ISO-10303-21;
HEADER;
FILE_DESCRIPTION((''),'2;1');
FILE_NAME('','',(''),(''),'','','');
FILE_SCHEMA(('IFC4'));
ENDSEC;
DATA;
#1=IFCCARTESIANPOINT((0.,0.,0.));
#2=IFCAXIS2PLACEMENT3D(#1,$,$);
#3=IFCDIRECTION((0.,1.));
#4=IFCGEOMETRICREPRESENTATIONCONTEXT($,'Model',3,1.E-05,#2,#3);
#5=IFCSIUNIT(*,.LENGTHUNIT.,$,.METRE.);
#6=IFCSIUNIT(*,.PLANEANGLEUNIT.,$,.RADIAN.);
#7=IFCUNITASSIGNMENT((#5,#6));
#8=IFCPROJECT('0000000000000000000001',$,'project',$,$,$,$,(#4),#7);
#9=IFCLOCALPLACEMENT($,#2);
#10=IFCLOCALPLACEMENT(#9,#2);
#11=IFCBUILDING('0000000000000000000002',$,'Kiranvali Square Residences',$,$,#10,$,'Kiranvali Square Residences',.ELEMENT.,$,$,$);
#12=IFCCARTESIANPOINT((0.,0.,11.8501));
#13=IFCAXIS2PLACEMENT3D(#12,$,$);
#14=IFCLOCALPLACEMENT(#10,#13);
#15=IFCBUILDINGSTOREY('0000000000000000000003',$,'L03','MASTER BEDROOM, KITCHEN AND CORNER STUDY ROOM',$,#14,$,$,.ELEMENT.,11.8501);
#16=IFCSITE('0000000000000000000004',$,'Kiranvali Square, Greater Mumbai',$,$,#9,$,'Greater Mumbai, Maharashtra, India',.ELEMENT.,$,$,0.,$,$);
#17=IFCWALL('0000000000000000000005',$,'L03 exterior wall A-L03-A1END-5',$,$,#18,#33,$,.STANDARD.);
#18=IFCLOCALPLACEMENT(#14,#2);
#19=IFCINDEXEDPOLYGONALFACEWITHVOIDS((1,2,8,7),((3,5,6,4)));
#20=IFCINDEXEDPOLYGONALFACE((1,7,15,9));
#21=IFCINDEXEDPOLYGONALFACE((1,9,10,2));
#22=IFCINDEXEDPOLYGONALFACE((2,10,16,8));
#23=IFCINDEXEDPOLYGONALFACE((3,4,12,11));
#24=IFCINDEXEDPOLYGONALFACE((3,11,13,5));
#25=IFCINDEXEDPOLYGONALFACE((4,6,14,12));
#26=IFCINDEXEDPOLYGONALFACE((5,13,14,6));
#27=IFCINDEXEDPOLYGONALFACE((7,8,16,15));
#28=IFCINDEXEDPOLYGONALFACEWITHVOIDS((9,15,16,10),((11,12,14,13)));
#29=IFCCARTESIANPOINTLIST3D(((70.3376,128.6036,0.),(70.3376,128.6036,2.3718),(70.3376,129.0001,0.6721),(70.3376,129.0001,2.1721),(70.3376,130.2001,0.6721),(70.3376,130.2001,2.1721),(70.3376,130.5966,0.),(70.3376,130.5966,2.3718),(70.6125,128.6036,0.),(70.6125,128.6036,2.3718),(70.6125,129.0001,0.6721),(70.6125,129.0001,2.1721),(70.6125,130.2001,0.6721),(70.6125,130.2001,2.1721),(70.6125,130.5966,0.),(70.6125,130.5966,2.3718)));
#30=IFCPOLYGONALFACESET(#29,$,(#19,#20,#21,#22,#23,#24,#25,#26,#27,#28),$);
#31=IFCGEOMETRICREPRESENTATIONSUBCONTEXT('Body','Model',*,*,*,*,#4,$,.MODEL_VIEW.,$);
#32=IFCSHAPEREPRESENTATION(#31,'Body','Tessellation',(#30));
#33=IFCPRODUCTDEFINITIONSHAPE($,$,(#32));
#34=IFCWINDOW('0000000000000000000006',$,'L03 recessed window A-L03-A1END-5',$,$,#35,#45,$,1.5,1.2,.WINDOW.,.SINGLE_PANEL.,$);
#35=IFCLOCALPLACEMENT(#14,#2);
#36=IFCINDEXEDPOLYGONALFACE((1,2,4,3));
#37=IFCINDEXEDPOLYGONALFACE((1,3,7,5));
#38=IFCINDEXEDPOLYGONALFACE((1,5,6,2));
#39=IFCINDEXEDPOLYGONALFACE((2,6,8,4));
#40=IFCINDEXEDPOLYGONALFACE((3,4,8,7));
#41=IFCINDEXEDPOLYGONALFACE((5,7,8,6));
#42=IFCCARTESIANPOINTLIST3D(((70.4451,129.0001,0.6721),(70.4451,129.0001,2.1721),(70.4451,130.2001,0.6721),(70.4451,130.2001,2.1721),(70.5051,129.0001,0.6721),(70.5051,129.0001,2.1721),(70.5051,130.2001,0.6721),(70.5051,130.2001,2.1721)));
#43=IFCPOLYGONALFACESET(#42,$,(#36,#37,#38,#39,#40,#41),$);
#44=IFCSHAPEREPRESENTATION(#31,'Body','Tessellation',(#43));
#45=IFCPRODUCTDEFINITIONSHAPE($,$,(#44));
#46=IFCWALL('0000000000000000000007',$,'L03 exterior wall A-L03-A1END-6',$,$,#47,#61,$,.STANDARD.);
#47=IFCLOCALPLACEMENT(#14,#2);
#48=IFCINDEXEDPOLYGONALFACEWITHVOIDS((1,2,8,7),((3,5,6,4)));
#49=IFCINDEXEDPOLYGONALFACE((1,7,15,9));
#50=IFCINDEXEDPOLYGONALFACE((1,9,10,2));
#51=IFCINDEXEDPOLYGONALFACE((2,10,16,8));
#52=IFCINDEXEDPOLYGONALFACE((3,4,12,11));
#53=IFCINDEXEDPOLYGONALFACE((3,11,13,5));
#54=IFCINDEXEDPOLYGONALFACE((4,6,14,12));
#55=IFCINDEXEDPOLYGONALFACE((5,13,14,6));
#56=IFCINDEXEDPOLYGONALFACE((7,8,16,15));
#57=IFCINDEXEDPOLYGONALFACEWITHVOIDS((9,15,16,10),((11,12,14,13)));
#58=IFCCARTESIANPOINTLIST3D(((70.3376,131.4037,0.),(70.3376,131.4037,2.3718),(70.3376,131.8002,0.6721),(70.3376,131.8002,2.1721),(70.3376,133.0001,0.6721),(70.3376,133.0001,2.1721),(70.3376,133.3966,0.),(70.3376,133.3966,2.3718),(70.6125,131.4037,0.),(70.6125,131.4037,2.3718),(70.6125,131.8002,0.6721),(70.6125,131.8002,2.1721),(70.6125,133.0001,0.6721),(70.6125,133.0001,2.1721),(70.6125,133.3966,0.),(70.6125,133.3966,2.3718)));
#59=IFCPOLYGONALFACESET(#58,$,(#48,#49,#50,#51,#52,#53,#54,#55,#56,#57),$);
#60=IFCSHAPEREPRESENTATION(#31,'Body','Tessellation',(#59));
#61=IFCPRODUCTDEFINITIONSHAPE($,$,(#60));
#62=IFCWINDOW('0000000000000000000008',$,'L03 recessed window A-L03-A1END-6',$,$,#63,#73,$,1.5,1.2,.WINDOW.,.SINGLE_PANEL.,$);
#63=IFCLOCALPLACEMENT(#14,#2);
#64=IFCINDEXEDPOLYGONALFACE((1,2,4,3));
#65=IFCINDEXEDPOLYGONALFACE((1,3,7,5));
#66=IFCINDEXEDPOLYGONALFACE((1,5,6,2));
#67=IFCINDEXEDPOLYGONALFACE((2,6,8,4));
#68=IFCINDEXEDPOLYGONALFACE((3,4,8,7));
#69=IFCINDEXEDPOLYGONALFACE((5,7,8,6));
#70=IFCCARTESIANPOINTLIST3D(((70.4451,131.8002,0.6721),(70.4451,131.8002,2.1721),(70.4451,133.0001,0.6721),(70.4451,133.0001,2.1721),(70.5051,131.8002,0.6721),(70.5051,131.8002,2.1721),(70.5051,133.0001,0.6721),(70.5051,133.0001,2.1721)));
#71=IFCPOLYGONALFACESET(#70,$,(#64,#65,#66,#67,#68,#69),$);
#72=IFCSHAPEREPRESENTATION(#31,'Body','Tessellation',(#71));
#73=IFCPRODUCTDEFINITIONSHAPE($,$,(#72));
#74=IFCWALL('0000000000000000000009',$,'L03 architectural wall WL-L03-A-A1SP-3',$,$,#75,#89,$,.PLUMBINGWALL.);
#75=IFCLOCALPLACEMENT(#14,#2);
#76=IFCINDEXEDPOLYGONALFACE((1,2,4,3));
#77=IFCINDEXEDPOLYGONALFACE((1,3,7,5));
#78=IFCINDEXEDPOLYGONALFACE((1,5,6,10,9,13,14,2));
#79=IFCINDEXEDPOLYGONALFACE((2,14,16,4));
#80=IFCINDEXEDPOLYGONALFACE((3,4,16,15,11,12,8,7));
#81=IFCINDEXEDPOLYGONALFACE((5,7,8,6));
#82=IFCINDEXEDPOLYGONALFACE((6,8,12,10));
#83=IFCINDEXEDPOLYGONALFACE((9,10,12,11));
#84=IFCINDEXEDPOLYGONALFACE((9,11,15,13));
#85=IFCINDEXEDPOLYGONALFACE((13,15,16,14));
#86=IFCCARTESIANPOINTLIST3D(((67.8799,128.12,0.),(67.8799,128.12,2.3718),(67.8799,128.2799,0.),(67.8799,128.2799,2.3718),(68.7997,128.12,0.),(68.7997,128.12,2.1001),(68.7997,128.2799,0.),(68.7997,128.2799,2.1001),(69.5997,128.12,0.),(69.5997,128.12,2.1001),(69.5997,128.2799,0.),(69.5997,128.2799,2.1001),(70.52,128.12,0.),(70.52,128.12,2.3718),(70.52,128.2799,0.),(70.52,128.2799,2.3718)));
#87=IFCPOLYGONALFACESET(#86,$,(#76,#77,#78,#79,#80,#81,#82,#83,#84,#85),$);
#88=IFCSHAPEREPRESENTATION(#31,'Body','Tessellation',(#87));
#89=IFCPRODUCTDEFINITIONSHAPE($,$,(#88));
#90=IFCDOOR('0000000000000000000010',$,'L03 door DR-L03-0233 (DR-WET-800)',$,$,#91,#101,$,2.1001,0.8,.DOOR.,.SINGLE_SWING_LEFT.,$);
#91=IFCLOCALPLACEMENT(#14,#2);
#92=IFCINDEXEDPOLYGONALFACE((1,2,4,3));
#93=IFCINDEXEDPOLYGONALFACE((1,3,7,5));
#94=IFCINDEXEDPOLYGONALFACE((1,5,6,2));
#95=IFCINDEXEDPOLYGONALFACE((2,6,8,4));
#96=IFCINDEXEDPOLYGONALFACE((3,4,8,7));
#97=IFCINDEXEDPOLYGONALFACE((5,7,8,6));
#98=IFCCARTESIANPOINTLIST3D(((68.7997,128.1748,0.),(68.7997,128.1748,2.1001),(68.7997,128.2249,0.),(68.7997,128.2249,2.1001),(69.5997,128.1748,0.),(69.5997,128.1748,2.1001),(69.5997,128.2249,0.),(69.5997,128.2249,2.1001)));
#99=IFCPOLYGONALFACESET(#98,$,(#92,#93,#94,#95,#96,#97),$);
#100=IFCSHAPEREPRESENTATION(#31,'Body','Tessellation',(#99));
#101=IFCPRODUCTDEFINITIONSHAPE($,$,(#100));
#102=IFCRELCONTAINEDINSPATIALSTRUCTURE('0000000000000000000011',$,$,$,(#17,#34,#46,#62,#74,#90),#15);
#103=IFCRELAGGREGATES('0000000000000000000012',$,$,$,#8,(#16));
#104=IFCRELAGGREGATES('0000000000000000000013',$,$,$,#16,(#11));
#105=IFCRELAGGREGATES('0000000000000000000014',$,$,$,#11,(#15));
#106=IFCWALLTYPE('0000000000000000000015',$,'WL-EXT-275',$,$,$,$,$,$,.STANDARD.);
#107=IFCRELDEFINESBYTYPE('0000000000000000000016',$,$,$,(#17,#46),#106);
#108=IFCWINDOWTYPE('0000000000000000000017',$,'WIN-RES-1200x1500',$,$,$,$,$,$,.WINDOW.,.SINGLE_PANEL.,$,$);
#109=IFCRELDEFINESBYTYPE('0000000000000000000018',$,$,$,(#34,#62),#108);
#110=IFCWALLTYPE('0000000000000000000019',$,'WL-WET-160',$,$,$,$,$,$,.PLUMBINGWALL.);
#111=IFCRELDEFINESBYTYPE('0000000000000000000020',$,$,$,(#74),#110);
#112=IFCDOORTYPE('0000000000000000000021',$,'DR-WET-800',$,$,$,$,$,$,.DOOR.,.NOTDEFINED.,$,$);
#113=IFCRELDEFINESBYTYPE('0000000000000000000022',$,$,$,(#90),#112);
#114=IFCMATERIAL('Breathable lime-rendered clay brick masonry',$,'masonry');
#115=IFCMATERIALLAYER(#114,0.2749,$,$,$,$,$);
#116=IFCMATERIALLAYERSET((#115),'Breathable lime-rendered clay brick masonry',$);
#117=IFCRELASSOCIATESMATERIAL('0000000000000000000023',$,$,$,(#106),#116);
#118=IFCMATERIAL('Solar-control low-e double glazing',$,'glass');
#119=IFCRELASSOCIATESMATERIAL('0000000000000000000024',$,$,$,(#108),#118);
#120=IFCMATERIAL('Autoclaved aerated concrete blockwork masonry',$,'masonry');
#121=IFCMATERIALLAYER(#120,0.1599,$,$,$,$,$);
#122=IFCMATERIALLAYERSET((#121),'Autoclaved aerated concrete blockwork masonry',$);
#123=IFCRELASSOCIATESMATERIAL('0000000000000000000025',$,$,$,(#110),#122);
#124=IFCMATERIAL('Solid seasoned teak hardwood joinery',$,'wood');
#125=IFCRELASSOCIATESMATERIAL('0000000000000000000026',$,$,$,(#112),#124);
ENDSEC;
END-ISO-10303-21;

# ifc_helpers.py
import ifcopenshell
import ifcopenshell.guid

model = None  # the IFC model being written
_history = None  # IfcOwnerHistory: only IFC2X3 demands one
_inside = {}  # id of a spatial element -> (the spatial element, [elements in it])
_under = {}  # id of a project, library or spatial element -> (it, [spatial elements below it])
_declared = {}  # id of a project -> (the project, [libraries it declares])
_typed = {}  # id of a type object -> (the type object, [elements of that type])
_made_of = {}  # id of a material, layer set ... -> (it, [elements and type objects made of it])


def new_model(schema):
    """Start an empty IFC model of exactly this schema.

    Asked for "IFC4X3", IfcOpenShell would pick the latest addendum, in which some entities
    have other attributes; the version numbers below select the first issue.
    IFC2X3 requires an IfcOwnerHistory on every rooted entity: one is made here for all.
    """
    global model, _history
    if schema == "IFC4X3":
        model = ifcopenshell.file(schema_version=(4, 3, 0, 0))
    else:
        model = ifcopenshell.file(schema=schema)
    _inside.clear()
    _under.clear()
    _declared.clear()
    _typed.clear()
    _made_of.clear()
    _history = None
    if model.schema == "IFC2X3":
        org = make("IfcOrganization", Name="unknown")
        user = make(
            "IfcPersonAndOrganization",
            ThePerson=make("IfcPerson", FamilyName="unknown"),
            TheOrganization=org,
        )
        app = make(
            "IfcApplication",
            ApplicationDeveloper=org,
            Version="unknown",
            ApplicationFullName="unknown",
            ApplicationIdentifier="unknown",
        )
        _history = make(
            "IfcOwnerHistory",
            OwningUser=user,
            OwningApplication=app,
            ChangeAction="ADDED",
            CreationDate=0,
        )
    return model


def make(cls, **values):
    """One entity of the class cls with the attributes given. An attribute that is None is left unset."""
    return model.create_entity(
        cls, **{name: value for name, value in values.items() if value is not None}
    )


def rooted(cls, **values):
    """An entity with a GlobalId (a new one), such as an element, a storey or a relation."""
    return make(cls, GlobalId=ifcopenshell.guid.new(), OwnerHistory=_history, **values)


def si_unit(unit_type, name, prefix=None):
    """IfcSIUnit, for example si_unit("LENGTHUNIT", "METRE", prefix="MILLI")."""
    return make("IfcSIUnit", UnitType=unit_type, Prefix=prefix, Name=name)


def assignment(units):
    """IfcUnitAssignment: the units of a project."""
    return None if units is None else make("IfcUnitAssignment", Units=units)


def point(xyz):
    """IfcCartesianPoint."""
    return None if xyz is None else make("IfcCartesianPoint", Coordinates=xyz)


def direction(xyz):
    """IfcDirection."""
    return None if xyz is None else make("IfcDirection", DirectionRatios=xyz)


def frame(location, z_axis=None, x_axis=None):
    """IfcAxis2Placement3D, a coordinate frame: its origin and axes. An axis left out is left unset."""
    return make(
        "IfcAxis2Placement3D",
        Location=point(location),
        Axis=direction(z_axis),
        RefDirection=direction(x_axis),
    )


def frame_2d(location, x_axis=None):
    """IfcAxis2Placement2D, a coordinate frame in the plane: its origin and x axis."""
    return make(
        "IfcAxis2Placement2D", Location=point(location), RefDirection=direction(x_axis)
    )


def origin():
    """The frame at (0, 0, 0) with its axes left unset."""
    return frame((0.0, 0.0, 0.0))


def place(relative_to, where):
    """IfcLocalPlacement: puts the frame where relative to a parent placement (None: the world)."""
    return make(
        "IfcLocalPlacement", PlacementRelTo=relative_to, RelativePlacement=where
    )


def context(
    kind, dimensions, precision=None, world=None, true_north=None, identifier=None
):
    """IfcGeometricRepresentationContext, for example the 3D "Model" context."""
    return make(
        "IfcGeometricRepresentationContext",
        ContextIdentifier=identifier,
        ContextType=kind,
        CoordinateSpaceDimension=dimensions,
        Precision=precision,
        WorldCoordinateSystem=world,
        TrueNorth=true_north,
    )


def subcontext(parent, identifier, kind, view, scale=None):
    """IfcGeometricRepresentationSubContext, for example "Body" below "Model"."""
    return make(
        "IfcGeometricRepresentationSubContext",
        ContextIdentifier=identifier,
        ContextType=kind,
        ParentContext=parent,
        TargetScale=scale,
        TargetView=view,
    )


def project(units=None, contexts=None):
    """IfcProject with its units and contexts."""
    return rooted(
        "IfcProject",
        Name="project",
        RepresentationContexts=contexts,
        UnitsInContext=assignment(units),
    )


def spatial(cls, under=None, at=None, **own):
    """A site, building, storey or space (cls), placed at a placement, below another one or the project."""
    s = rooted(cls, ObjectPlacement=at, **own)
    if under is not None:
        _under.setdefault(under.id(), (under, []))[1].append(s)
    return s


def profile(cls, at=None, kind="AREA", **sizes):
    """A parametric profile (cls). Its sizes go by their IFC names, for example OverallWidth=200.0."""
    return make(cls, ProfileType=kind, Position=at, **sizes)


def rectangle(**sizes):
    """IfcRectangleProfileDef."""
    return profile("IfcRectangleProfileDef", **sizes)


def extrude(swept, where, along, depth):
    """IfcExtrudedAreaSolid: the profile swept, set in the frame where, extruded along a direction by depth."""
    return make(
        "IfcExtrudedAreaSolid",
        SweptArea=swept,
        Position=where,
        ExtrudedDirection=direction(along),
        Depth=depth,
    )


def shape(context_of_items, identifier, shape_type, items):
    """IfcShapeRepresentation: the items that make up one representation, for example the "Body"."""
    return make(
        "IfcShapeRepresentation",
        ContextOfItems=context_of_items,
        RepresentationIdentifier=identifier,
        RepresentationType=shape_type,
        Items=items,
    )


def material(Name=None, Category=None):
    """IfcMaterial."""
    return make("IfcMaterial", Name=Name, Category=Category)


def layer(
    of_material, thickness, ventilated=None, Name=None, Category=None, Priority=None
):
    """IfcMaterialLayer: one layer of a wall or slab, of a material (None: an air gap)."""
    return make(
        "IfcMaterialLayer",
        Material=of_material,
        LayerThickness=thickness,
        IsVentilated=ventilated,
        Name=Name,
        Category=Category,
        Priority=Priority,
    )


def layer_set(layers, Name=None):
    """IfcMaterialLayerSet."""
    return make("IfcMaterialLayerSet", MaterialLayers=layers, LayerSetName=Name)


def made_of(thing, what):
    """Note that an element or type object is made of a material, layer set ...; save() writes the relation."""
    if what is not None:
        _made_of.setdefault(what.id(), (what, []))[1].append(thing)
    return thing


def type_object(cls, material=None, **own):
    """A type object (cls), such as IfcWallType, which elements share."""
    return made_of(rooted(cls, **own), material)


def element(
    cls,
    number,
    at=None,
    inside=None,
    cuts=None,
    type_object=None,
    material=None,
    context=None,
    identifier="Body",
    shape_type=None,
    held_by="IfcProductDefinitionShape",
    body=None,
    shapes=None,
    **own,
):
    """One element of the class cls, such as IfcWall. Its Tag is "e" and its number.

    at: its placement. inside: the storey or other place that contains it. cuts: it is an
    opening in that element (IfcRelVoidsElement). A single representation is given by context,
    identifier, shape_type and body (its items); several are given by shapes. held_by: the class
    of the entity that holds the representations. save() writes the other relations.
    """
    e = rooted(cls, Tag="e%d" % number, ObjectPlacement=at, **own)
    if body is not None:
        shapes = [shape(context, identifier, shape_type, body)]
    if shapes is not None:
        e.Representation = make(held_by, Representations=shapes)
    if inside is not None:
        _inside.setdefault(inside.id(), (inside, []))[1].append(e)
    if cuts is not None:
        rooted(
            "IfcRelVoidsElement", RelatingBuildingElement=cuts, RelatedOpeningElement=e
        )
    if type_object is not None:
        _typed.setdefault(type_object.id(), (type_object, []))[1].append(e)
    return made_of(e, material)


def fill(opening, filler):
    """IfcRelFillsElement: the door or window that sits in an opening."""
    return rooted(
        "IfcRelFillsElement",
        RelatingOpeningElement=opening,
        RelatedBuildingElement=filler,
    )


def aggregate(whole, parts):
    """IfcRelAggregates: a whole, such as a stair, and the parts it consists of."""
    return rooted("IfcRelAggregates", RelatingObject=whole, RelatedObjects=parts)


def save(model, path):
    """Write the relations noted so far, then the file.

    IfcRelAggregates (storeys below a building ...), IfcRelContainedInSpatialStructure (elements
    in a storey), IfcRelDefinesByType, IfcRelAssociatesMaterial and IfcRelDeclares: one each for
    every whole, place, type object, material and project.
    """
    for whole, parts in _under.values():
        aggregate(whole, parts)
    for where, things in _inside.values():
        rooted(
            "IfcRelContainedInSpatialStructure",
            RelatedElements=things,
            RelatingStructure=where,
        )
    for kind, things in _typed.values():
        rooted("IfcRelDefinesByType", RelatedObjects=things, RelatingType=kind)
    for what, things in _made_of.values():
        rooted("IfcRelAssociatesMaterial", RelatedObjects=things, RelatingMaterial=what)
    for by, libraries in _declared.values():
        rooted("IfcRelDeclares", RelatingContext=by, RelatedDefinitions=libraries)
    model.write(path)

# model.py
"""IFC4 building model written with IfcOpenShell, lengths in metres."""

from ifc_helpers import new_model, si_unit, direction, frame, frame_2d, origin, place, context, subcontext, project, spatial, rectangle, extrude, material, layer, layer_set, type_object, element, fill, save


model = new_model("IFC4")

# Units and contexts
model_context = context("Model", 3, precision=1e-05, world=origin(), true_north=direction((0.0, 1.0)))
body_context = subcontext(model_context, "Body", "Model", "MODEL_VIEW")
ifc_project = project(units=[si_unit("LENGTHUNIT", "METRE"), si_unit("PLANEANGLEUNIT", "RADIAN")], contexts=[model_context])

# Site, building, storey
site_placement = place(None, origin())
site = spatial("IfcSite", under=ifc_project, at=site_placement, Name="Kiranvali Square, Greater Mumbai", LongName="Greater Mumbai, Maharashtra, India", CompositionType="ELEMENT", RefElevation=0.0)
building_placement = place(site_placement, origin())
building = spatial("IfcBuilding", under=site, at=building_placement, Name="Kiranvali Square Residences", LongName="Kiranvali Square Residences", CompositionType="ELEMENT")
storey_placement = place(building_placement, frame((0.0, 0.0, 11.8501)))
storey = spatial("IfcBuildingStorey", under=building, at=storey_placement, Name="L03", Description="MASTER BEDROOM, KITCHEN AND CORNER STUDY ROOM", CompositionType="ELEMENT", Elevation=11.8501)

# Walls, openings, windows
ifc_material_1 = material(Name="Breathable lime-rendered clay brick masonry", Category="masonry")
ifc_layer_1 = layer(ifc_material_1, 0.2749)
ifc_layer_set_1 = layer_set([ifc_layer_1], Name="Breathable lime-rendered clay brick masonry")
wall_type_1 = type_object("IfcWallType", Name="WL-EXT-275", PredefinedType="STANDARD", material=ifc_layer_set_1)
ifc_material_2 = material(Name="Solar-control low-e double glazing", Category="glass")
window_type_1 = type_object("IfcWindowType", Name="WIN-RES-1200x1500", PartitioningType="SINGLE_PANEL", PredefinedType="WINDOW", material=ifc_material_2)
wall_1_placement = place(storey_placement, frame((70.4751, 128.6035, 0.0), z_axis=(0.0, 0.0, 1.0), x_axis=(0.0, 1.0, 0.0)))
wall_1 = element("IfcWall", 1, at=wall_1_placement, inside=storey, type_object=wall_type_1, Name="L03 exterior wall A-L03-A1END-5", PredefinedType="STANDARD", context=body_context, shape_type="SweptSolid", body=[
    extrude(rectangle(XDim=1.9929, YDim=0.2749, at=frame_2d((0.9966, 0.0))), origin(), (0.0, 0.0, 1.0), 2.3718),
])
opening_1_placement = place(wall_1_placement, frame((0.3965, 0.0, 0.6721)))
opening_1 = element("IfcOpeningElement", 2, at=opening_1_placement, cuts=wall_1, PredefinedType="OPENING", context=body_context, shape_type="SweptSolid", body=[
    extrude(rectangle(XDim=1.2, YDim=1.5, at=frame_2d((0.6001, 0.75))), frame((0.0, 0.1475, 0.0), z_axis=(0.0, -1.0, 0.0), x_axis=(1.0, 0.0, 0.0)), (0.0, 0.0, 1.0), 0.2949),
])
window_1_placement = place(opening_1_placement, origin())
window_1 = element("IfcWindow", 3, at=window_1_placement, inside=storey, type_object=window_type_1, Name="L03 recessed window A-L03-A1END-5", OverallHeight=1.5, OverallWidth=1.2, PartitioningType="SINGLE_PANEL", PredefinedType="WINDOW", context=body_context, shape_type="SweptSolid", body=[
    extrude(rectangle(XDim=1.2, YDim=1.5, at=frame_2d((0.6001, 0.75))), frame((0.0, 0.03, 0.0), z_axis=(0.0, -1.0, 0.0), x_axis=(1.0, 0.0, 0.0)), (0.0, 0.0, 1.0), 0.0601),
])
fill(opening_1, window_1)
wall_2_placement = place(storey_placement, frame((70.4751, 131.4036, 0.0), z_axis=(0.0, 0.0, 1.0), x_axis=(0.0, 1.0, 0.0)))
wall_2 = element("IfcWall", 4, at=wall_2_placement, inside=storey, type_object=wall_type_1, Name="L03 exterior wall A-L03-A1END-6", PredefinedType="STANDARD", context=body_context, shape_type="SweptSolid", body=[
    extrude(rectangle(XDim=1.9929, YDim=0.2749, at=frame_2d((0.9966, 0.0))), origin(), (0.0, 0.0, 1.0), 2.3718),
])
opening_2_placement = place(wall_2_placement, frame((0.3965, 0.0, 0.6721)))
opening_2 = element("IfcOpeningElement", 5, at=opening_2_placement, cuts=wall_2, PredefinedType="OPENING", context=body_context, shape_type="SweptSolid", body=[
    extrude(rectangle(XDim=1.2, YDim=1.5, at=frame_2d((0.6001, 0.75))), frame((0.0, 0.1475, 0.0), z_axis=(0.0, -1.0, 0.0), x_axis=(1.0, 0.0, 0.0)), (0.0, 0.0, 1.0), 0.2949),
])
window_2_placement = place(opening_2_placement, origin())
window_2 = element("IfcWindow", 6, at=window_2_placement, inside=storey, type_object=window_type_1, Name="L03 recessed window A-L03-A1END-6", OverallHeight=1.5, OverallWidth=1.2, PartitioningType="SINGLE_PANEL", PredefinedType="WINDOW", context=body_context, shape_type="SweptSolid", body=[
    extrude(rectangle(XDim=1.2, YDim=1.5, at=frame_2d((0.6001, 0.75))), frame((0.0, 0.03, 0.0), z_axis=(0.0, -1.0, 0.0), x_axis=(1.0, 0.0, 0.0)), (0.0, 0.0, 1.0), 0.0601),
])
fill(opening_2, window_2)

# Wall, opening, door
ifc_material_3 = material(Name="Autoclaved aerated concrete blockwork masonry", Category="masonry")
ifc_layer_2 = layer(ifc_material_3, 0.1599)
ifc_layer_set_2 = layer_set([ifc_layer_2], Name="Autoclaved aerated concrete blockwork masonry")
wall_type_2 = type_object("IfcWallType", Name="WL-WET-160", PredefinedType="PLUMBINGWALL", material=ifc_layer_set_2)
wall_3_placement = place(storey_placement, frame((67.8799, 128.2, 0.0), z_axis=(0.0, 0.0, 1.0), x_axis=(1.0, 0.0, 0.0)))
wall_3 = element("IfcWall", 7, at=wall_3_placement, inside=storey, type_object=wall_type_2, Name="L03 architectural wall WL-L03-A-A1SP-3", PredefinedType="PLUMBINGWALL", context=body_context, shape_type="SweptSolid", body=[
    extrude(rectangle(XDim=2.6401, YDim=0.1599, at=frame_2d((1.3201, 0.0))), origin(), (0.0, 0.0, 1.0), 2.3718),
])
opening_3_placement = place(wall_3_placement, frame((0.9199, 0.0, 0.0)))
opening_3 = element("IfcOpeningElement", 8, at=opening_3_placement, cuts=wall_3, PredefinedType="OPENING", context=body_context, shape_type="SweptSolid", body=[
    extrude(rectangle(XDim=0.8, YDim=2.1001, at=frame_2d((0.3999, 1.05))), frame((0.0, 0.0898, 0.0), z_axis=(0.0, -1.0, 0.0), x_axis=(1.0, 0.0, 0.0)), (0.0, 0.0, 1.0), 0.1799),
])
ifc_material_4 = material(Name="Solid seasoned teak hardwood joinery", Category="wood")
door_type = type_object("IfcDoorType", Name="DR-WET-800", OperationType="NOTDEFINED", PredefinedType="DOOR", material=ifc_material_4)
door_placement = place(opening_3_placement, origin())
door = element("IfcDoor", 9, at=door_placement, inside=storey, type_object=door_type, Name="L03 door DR-L03-0233 (DR-WET-800)", OperationType="SINGLE_SWING_LEFT", OverallHeight=2.1001, OverallWidth=0.8, PredefinedType="DOOR", context=body_context, shape_type="SweptSolid", body=[
    extrude(rectangle(XDim=0.8, YDim=2.1001, at=frame_2d((0.3999, 1.05))), frame((0.0, 0.0249, 0.0), z_axis=(0.0, -1.0, 0.0), x_axis=(1.0, 0.0, 0.0)), (0.0, 0.0, 1.0), 0.05),
])
fill(opening_3, door)

save(model, "model.ifc")
